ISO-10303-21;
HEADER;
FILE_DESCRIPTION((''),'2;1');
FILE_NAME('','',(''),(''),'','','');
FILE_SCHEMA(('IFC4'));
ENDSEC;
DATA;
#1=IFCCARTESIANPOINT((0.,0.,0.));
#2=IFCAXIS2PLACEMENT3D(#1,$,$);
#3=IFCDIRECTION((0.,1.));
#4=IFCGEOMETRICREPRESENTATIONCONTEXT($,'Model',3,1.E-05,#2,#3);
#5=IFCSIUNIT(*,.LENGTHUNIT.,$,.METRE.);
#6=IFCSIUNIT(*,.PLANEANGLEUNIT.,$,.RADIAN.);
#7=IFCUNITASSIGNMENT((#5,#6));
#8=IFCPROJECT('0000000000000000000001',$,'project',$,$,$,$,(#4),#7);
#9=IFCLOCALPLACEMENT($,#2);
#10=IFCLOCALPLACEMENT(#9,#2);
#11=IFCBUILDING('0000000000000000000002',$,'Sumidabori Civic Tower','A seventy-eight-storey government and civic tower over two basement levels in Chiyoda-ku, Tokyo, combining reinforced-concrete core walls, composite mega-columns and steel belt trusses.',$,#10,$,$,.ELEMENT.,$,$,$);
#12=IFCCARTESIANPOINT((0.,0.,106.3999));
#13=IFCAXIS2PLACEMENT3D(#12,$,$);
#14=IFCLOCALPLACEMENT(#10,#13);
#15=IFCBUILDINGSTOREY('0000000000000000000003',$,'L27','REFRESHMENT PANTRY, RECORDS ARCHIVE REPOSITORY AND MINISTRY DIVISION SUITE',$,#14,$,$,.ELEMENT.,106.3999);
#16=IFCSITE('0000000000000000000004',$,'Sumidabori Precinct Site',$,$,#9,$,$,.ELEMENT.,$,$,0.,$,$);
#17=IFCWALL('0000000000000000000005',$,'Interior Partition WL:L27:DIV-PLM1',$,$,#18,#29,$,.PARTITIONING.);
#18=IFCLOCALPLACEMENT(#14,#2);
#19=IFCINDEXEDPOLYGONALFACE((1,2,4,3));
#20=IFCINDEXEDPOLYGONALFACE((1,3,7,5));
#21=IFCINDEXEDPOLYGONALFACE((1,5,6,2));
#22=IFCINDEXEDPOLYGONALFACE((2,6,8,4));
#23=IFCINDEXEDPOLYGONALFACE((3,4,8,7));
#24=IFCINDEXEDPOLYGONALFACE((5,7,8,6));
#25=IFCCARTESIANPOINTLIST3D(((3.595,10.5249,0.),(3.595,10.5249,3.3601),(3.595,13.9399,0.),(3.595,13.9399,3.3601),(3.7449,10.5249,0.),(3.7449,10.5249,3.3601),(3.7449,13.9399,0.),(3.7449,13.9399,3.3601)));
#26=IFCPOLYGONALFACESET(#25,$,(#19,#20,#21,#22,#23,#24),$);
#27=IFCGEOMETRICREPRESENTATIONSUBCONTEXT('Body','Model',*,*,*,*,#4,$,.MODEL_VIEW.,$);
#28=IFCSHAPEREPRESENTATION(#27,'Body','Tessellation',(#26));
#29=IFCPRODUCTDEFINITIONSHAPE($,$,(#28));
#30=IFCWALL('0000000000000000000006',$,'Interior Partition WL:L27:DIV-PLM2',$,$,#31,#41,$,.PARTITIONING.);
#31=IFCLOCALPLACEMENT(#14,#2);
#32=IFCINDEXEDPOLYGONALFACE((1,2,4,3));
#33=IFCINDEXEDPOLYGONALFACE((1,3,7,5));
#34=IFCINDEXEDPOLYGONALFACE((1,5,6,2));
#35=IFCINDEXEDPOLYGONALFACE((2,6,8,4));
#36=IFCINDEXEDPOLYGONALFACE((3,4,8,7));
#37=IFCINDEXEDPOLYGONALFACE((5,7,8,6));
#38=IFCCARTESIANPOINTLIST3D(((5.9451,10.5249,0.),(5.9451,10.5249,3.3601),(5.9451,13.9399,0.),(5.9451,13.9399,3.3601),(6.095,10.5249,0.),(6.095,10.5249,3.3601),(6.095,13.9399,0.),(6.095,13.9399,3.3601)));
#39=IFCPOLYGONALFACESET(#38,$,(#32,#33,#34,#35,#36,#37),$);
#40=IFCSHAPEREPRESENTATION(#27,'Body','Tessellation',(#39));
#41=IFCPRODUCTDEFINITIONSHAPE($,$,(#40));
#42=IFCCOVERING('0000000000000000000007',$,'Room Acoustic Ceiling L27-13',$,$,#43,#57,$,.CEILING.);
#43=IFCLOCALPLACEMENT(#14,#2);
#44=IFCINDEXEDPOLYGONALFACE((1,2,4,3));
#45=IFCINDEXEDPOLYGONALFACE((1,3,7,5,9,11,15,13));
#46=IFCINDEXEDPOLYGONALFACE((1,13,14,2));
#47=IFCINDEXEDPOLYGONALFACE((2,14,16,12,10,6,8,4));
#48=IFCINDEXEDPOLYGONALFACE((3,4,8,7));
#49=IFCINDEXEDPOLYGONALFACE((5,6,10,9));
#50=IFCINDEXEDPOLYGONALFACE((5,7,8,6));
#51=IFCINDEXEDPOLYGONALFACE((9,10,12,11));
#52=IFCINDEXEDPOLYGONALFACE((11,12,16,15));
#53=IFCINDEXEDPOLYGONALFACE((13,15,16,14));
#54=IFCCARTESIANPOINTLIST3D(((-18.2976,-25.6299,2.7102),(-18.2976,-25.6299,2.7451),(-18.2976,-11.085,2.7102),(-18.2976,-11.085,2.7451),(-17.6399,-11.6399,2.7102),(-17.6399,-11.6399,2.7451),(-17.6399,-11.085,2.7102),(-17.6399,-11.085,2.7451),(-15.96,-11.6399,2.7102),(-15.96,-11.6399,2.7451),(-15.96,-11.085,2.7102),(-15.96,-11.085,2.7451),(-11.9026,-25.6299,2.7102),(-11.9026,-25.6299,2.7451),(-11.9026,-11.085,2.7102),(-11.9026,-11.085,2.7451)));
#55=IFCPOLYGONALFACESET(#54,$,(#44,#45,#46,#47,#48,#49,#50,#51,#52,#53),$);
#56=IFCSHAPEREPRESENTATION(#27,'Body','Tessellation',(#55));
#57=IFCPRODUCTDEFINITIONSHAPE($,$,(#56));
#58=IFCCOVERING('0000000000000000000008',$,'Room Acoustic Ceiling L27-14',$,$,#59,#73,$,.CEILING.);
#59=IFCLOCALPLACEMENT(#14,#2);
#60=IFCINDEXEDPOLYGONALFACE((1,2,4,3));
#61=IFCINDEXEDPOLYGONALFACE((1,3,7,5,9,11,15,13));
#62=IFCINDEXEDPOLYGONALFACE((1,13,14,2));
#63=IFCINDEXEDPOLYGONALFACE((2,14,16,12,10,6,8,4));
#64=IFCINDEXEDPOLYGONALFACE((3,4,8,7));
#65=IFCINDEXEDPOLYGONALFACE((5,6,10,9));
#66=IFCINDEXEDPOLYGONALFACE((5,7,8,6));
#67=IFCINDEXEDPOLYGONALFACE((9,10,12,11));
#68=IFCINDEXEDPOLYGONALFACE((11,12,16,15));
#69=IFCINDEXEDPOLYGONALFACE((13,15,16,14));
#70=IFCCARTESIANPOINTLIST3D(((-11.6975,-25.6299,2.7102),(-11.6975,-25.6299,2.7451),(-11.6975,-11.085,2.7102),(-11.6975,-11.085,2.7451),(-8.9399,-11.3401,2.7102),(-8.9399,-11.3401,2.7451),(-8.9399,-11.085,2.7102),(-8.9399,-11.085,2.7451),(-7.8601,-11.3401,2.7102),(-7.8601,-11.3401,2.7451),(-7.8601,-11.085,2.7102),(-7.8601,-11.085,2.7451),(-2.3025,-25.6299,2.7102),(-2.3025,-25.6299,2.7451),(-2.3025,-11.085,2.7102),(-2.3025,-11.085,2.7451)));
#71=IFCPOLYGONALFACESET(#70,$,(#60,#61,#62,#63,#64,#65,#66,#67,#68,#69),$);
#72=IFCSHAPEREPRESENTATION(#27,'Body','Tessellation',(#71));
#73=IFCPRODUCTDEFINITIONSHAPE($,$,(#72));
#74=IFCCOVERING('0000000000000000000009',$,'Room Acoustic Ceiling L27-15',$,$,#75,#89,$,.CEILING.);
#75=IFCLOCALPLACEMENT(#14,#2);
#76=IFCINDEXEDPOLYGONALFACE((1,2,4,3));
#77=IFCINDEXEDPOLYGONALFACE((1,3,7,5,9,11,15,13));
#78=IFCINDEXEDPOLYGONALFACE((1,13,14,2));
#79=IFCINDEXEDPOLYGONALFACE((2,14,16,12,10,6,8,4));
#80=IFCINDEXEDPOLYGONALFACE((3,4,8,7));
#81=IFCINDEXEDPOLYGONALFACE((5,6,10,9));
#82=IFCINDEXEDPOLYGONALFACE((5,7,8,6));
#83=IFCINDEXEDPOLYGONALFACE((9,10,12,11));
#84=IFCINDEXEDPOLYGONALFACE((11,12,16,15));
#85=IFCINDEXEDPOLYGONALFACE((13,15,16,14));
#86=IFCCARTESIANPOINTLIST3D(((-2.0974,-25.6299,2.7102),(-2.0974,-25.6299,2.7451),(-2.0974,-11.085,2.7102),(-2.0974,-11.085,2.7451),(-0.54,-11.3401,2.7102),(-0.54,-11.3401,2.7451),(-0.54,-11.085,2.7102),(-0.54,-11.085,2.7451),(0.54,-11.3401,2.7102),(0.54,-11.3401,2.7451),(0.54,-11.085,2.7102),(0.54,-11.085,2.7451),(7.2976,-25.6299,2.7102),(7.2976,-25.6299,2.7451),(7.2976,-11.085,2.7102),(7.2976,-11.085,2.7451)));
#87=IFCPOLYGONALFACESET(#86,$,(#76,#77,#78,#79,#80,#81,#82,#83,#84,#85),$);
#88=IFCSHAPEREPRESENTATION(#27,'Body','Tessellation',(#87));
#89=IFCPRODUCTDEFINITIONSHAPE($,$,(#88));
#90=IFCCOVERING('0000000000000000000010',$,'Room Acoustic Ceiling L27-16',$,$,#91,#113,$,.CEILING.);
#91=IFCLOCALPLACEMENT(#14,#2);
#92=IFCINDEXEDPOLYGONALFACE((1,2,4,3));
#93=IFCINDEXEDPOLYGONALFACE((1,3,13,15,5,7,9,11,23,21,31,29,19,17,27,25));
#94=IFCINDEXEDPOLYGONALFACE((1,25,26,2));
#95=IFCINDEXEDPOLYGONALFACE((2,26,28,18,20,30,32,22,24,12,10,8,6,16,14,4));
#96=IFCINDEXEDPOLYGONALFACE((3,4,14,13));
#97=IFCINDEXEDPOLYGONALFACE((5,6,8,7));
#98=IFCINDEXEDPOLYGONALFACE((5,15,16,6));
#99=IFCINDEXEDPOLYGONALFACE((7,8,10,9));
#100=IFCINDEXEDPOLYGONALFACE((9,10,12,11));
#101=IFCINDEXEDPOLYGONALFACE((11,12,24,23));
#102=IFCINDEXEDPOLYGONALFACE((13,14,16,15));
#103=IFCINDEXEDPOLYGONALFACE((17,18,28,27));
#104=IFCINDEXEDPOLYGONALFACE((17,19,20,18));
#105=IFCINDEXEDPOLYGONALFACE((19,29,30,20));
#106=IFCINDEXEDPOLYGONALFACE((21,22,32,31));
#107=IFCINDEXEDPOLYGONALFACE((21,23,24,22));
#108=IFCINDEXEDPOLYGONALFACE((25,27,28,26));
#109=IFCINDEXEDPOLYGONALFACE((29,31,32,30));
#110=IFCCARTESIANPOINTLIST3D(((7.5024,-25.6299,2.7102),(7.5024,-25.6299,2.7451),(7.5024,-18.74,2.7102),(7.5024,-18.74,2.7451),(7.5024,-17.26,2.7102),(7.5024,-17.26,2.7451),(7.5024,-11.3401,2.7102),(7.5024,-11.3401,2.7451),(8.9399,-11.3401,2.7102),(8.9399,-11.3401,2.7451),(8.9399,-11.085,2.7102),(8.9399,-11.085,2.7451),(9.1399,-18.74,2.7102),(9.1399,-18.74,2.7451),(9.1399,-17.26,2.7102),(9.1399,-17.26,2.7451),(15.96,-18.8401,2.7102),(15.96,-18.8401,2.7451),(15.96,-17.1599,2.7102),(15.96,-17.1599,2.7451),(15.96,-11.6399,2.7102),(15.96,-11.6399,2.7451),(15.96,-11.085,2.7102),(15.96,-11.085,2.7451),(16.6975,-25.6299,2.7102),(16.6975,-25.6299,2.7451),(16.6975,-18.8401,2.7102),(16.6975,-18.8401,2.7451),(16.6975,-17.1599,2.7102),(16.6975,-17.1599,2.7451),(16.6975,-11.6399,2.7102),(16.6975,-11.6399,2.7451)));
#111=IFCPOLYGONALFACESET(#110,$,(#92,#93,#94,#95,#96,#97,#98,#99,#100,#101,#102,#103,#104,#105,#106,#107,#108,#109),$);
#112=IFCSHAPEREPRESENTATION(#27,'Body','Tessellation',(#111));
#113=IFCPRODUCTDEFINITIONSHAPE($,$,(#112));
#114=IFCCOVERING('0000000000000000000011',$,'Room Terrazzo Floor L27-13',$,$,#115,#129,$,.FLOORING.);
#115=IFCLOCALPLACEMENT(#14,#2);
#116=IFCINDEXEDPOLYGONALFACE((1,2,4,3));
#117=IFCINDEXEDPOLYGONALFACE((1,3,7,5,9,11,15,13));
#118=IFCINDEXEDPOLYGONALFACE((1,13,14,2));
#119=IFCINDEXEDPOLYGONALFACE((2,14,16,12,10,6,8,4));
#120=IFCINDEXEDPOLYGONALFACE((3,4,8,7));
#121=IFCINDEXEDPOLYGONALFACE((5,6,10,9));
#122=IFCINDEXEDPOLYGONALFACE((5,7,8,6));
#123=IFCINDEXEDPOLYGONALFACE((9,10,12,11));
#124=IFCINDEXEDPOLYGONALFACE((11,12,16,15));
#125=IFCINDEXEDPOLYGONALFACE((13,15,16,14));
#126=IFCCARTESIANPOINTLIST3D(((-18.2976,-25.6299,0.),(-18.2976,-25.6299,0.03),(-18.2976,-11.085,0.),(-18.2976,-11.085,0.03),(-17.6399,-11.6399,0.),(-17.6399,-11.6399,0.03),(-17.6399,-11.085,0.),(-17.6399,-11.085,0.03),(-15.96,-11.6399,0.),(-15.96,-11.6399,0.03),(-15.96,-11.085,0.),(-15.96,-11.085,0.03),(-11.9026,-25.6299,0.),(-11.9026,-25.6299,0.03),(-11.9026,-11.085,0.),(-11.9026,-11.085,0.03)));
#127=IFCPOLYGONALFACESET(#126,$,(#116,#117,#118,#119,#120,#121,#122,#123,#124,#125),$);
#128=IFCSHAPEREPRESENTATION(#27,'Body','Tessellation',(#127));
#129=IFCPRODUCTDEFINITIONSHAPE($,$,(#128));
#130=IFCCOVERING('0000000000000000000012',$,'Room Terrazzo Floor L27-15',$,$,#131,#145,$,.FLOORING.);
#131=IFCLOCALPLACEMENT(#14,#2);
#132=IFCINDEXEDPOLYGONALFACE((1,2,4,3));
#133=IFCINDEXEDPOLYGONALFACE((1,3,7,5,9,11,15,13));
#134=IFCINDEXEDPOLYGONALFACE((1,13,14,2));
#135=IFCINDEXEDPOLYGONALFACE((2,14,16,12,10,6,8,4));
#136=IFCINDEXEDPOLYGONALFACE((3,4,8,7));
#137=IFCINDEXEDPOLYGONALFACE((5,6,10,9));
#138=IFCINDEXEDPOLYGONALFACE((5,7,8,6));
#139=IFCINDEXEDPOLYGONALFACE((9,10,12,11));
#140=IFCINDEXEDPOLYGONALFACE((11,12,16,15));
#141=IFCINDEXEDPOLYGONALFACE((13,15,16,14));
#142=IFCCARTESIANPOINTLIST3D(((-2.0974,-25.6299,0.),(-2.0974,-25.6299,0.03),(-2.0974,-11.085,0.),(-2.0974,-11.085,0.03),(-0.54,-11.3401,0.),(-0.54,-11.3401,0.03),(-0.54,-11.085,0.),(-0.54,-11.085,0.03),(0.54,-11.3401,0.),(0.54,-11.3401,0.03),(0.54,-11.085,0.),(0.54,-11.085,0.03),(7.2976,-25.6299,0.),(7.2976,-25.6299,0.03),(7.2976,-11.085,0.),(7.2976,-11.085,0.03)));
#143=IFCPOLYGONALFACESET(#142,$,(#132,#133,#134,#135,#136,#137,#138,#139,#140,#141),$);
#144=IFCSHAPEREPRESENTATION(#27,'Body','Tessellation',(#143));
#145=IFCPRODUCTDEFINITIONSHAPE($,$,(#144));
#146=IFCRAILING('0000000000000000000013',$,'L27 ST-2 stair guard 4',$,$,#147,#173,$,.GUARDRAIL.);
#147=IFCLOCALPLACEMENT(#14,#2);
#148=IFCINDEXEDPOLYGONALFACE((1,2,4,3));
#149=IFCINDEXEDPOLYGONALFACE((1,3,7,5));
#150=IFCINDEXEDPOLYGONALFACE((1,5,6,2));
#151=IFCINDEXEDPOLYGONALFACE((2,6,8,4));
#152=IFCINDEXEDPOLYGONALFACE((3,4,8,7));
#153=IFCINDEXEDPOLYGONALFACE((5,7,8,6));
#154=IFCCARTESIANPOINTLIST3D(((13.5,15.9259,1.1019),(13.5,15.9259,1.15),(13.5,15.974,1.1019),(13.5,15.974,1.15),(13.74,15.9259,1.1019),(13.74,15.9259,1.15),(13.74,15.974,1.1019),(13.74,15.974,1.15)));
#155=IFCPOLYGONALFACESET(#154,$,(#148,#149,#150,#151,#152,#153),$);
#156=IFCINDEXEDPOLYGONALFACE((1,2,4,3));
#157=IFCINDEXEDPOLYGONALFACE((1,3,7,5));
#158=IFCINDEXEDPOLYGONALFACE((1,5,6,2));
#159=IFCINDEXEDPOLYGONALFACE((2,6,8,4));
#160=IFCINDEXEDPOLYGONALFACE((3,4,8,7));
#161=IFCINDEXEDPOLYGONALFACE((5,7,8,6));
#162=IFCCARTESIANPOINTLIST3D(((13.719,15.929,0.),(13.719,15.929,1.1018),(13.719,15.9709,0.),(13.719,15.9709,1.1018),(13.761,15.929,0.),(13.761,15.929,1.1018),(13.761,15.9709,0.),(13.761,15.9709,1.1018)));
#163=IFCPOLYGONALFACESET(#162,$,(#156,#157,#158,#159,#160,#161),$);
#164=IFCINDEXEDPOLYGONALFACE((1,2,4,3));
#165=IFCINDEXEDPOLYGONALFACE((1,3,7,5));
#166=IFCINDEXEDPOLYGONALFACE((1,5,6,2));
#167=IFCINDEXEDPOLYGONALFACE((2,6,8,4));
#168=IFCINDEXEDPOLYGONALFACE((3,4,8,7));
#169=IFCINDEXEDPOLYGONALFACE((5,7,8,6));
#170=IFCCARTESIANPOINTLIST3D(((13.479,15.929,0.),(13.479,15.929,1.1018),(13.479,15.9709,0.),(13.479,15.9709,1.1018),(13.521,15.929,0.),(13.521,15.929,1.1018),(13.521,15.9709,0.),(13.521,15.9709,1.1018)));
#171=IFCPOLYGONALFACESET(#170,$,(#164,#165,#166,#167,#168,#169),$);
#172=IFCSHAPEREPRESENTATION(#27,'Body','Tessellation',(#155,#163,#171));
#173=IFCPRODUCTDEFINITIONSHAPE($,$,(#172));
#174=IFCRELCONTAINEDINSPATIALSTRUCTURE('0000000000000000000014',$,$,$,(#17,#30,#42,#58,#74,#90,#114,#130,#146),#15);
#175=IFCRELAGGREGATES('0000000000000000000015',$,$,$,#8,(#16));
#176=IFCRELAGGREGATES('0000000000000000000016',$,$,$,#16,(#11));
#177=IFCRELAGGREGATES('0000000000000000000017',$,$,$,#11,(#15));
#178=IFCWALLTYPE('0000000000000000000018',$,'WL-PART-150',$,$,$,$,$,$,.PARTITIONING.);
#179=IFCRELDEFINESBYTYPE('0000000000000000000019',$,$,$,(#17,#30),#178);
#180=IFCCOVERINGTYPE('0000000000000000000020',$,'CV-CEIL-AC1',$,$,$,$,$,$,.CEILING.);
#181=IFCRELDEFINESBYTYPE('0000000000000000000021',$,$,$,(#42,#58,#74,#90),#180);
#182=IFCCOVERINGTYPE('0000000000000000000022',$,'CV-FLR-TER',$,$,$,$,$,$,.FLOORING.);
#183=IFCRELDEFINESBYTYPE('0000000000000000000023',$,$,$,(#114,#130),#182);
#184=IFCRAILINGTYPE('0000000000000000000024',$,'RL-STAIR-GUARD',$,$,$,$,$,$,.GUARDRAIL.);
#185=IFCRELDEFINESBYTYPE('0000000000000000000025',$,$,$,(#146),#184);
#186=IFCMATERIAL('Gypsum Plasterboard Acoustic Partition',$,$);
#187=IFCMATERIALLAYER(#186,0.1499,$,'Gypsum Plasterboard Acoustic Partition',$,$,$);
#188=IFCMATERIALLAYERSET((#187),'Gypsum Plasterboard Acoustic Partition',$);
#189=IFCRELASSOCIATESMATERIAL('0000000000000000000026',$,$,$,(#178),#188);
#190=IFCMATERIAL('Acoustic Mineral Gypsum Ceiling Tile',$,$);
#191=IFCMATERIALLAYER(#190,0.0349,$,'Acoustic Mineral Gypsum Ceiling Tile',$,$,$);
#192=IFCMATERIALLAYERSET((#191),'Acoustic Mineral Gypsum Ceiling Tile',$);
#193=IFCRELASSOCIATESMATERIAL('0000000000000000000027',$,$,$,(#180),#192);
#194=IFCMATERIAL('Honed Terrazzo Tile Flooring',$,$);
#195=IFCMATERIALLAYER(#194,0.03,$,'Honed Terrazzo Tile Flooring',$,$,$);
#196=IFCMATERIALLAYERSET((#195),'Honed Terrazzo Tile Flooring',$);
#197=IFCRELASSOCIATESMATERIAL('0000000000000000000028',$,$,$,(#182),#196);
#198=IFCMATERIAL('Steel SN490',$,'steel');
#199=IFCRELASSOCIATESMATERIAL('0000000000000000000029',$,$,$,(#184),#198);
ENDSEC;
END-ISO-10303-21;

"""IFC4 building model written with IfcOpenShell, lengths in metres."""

from ifc_helpers import new_model, si_unit, direction, frame, frame_2d, origin, origin_2d, place, context, subcontext, project, spatial, polyline, rectangle, outline, extrude, source, transform, mapped, material, layer, layer_set, type_object, element, save


model = new_model("IFC4")

# Units and contexts
model_context = context("Model", 3, precision=1e-05, world=origin(), true_north=direction((0.0, 1.0)))
body_context = subcontext(model_context, "Body", "Model", "MODEL_VIEW")
ifc_project = project(units=[si_unit("LENGTHUNIT", "METRE"), si_unit("PLANEANGLEUNIT", "RADIAN")], contexts=[model_context])

# Site, building, storey
site_placement = place(None, origin())
site = spatial("IfcSite", under=ifc_project, at=site_placement, Name="Sumidabori Precinct Site", CompositionType="ELEMENT", RefElevation=0.0)
building_placement = place(site_placement, origin())
building = spatial("IfcBuilding", under=site, at=building_placement, Name="Sumidabori Civic Tower", Description="A seventy-eight-storey government and civic tower over two basement levels in Chiyoda-ku, Tokyo, combining reinforced-concrete core walls, composite mega-columns and steel belt trusses.", CompositionType="ELEMENT")
storey_placement = place(building_placement, frame((0.0, 0.0, 106.3999)))
storey = spatial("IfcBuildingStorey", under=building, at=storey_placement, Name="L27", Description="REFRESHMENT PANTRY, RECORDS ARCHIVE REPOSITORY AND MINISTRY DIVISION SUITE", CompositionType="ELEMENT", Elevation=106.3999)

# Shared definitions
ifc_material_1 = material(Name="Steel SN490", Category="steel")

# Shared definitions
ifc_material_2 = material(Name="Gypsum Plasterboard Acoustic Partition")
ifc_layer_1 = layer(ifc_material_2, 0.1499, Name="Gypsum Plasterboard Acoustic Partition")
ifc_layer_set_1 = layer_set([ifc_layer_1], Name="Gypsum Plasterboard Acoustic Partition")
wall_type_1 = type_object("IfcWallType", Name="WL-PART-150", PredefinedType="PARTITIONING", material=ifc_layer_set_1)

# Walls
shared_shape_1 = source(origin(), body_context, "Body", "SweptSolid", [
    extrude(rectangle(XDim=3.415, YDim=0.1499, at=frame_2d((1.7075, 0.0))), origin(), (0.0, 0.0, 1.0), 3.3601),
])
for number, where, z_axis, x_axis, name in (
    (1, (3.6699, 10.5249, 0.0), (0.0, 0.0, 1.0), (0.0, 1.0, 0.0), "Interior Partition WL:L27:DIV-PLM1"),
    (2, (6.02, 10.5249, 0.0), (0.0, 0.0, 1.0), (0.0, 1.0, 0.0), "Interior Partition WL:L27:DIV-PLM2"),
):
    element("IfcWall", number, at=place(storey_placement, frame(where, z_axis=z_axis, x_axis=x_axis)), inside=storey, type_object=wall_type_1, Name=name, PredefinedType="PARTITIONING", context=body_context, shape_type="MappedRepresentation", body=[
        mapped(shared_shape_1, transform((0.0, 0.0, 0.0), x_axis=(1.0, 0.0, 0.0), y_axis=(0.0, 1.0, 0.0), z_axis=(0.0, 0.0, 1.0), scale=1.0)),
    ])

# Coverings
ifc_material_3 = material(Name="Acoustic Mineral Gypsum Ceiling Tile")
ifc_layer_2 = layer(ifc_material_3, 0.0349, Name="Acoustic Mineral Gypsum Ceiling Tile")
ifc_layer_set_2 = layer_set([ifc_layer_2], Name="Acoustic Mineral Gypsum Ceiling Tile")
covering_type_1 = type_object("IfcCoveringType", Name="CV-CEIL-AC1", PredefinedType="CEILING", material=ifc_layer_set_2)
covering_1_placement = place(storey_placement, frame((0.0, 0.0, 2.7102)))
element("IfcCovering", 3, at=covering_1_placement, inside=storey, type_object=covering_type_1, Name="Room Acoustic Ceiling L27-13", PredefinedType="CEILING", context=body_context, shape_type="SweptSolid", body=[
    extrude(outline(polyline([(-18.2976, -11.085), (-17.6399, -11.085), (-17.6399, -11.6399), (-15.96, -11.6399), (-15.96, -11.085), (-11.9026, -11.085), (-11.9026, -25.6299), (-18.2976, -25.6299), (-18.2976, -11.085)])), origin(), (0.0, 0.0, 1.0), 0.0349),
])
covering_2_placement = place(storey_placement, frame((0.0, 0.0, 2.7102)))
element("IfcCovering", 4, at=covering_2_placement, inside=storey, type_object=covering_type_1, Name="Room Acoustic Ceiling L27-14", PredefinedType="CEILING", context=body_context, shape_type="SweptSolid", body=[
    extrude(outline(polyline([(-11.6975, -11.085), (-8.9399, -11.085), (-8.9399, -11.3401), (-7.8601, -11.3401), (-7.8601, -11.085), (-2.3025, -11.085), (-2.3025, -25.6299), (-11.6975, -25.6299), (-11.6975, -11.085)])), origin(), (0.0, 0.0, 1.0), 0.0349),
])
covering_3_placement = place(storey_placement, frame((0.0, 0.0, 2.7102)))
element("IfcCovering", 5, at=covering_3_placement, inside=storey, type_object=covering_type_1, Name="Room Acoustic Ceiling L27-15", PredefinedType="CEILING", context=body_context, shape_type="SweptSolid", body=[
    extrude(outline(polyline([(-2.0974, -11.085), (-0.54, -11.085), (-0.54, -11.3401), (0.54, -11.3401), (0.54, -11.085), (7.2976, -11.085), (7.2976, -25.6299), (-2.0974, -25.6299), (-2.0974, -11.085)])), origin(), (0.0, 0.0, 1.0), 0.0349),
])
covering_4_placement = place(storey_placement, frame((0.0, 0.0, 2.7102)))
element("IfcCovering", 6, at=covering_4_placement, inside=storey, type_object=covering_type_1, Name="Room Acoustic Ceiling L27-16", PredefinedType="CEILING", context=body_context, shape_type="SweptSolid", body=[
    extrude(outline(polyline([(7.5024, -18.74), (9.1399, -18.74), (9.1399, -17.26), (7.5024, -17.26), (7.5024, -11.3401), (8.9399, -11.3401), (8.9399, -11.085), (15.96, -11.085), (15.96, -11.6399), (16.6975, -11.6399), (16.6975, -17.1599), (15.96, -17.1599), (15.96, -18.8401), (16.6975, -18.8401), (16.6975, -25.6299), (7.5024, -25.6299), (7.5024, -18.74)])), origin(), (0.0, 0.0, 1.0), 0.0349),
])
ifc_material_4 = material(Name="Honed Terrazzo Tile Flooring")
ifc_layer_3 = layer(ifc_material_4, 0.03, Name="Honed Terrazzo Tile Flooring")
ifc_layer_set_3 = layer_set([ifc_layer_3], Name="Honed Terrazzo Tile Flooring")
covering_type_2 = type_object("IfcCoveringType", Name="CV-FLR-TER", PredefinedType="FLOORING", material=ifc_layer_set_3)
covering_5_placement = place(storey_placement, origin())
element("IfcCovering", 7, at=covering_5_placement, inside=storey, type_object=covering_type_2, Name="Room Terrazzo Floor L27-13", PredefinedType="FLOORING", context=body_context, shape_type="SweptSolid", body=[
    extrude(outline(polyline([(-18.2976, -11.085), (-17.6399, -11.085), (-17.6399, -11.6399), (-15.96, -11.6399), (-15.96, -11.085), (-11.9026, -11.085), (-11.9026, -25.6299), (-18.2976, -25.6299), (-18.2976, -11.085)])), origin(), (0.0, 0.0, 1.0), 0.03),
])
covering_6_placement = place(storey_placement, origin())
element("IfcCovering", 8, at=covering_6_placement, inside=storey, type_object=covering_type_2, Name="Room Terrazzo Floor L27-15", PredefinedType="FLOORING", context=body_context, shape_type="SweptSolid", body=[
    extrude(outline(polyline([(-2.0974, -11.085), (-0.54, -11.085), (-0.54, -11.3401), (0.54, -11.3401), (0.54, -11.085), (7.2976, -11.085), (7.2976, -25.6299), (-2.0974, -25.6299), (-2.0974, -11.085)])), origin(), (0.0, 0.0, 1.0), 0.03),
])

# Railing
railing_type = type_object("IfcRailingType", Name="RL-STAIR-GUARD", PredefinedType="GUARDRAIL", material=ifc_material_1)
railing_placement = place(storey_placement, frame((13.74, 15.95, 0.0)))
element("IfcRailing", 9, at=railing_placement, inside=storey, type_object=railing_type, Name="L27 ST-2 stair guard 4", PredefinedType="GUARDRAIL", context=body_context, shape_type="SweptSolid", body=[
    extrude(rectangle(XDim=0.0481, YDim=0.0481, at=origin_2d()), frame((0.0, 0.0, 1.126), z_axis=(-1.0, 0.0, 0.0), x_axis=(0.0, -1.0, 0.0)), (0.0, 0.0, 1.0), 0.24),
    extrude(rectangle(XDim=0.042, YDim=0.042, at=origin_2d()), origin(), (0.0, 0.0, 1.0), 1.1018),
    extrude(rectangle(XDim=0.042, YDim=0.042, at=origin_2d()), frame((-0.24, 0.0, 0.0)), (0.0, 0.0, 1.0), 1.1018),
])

save(model, "model.ifc")
